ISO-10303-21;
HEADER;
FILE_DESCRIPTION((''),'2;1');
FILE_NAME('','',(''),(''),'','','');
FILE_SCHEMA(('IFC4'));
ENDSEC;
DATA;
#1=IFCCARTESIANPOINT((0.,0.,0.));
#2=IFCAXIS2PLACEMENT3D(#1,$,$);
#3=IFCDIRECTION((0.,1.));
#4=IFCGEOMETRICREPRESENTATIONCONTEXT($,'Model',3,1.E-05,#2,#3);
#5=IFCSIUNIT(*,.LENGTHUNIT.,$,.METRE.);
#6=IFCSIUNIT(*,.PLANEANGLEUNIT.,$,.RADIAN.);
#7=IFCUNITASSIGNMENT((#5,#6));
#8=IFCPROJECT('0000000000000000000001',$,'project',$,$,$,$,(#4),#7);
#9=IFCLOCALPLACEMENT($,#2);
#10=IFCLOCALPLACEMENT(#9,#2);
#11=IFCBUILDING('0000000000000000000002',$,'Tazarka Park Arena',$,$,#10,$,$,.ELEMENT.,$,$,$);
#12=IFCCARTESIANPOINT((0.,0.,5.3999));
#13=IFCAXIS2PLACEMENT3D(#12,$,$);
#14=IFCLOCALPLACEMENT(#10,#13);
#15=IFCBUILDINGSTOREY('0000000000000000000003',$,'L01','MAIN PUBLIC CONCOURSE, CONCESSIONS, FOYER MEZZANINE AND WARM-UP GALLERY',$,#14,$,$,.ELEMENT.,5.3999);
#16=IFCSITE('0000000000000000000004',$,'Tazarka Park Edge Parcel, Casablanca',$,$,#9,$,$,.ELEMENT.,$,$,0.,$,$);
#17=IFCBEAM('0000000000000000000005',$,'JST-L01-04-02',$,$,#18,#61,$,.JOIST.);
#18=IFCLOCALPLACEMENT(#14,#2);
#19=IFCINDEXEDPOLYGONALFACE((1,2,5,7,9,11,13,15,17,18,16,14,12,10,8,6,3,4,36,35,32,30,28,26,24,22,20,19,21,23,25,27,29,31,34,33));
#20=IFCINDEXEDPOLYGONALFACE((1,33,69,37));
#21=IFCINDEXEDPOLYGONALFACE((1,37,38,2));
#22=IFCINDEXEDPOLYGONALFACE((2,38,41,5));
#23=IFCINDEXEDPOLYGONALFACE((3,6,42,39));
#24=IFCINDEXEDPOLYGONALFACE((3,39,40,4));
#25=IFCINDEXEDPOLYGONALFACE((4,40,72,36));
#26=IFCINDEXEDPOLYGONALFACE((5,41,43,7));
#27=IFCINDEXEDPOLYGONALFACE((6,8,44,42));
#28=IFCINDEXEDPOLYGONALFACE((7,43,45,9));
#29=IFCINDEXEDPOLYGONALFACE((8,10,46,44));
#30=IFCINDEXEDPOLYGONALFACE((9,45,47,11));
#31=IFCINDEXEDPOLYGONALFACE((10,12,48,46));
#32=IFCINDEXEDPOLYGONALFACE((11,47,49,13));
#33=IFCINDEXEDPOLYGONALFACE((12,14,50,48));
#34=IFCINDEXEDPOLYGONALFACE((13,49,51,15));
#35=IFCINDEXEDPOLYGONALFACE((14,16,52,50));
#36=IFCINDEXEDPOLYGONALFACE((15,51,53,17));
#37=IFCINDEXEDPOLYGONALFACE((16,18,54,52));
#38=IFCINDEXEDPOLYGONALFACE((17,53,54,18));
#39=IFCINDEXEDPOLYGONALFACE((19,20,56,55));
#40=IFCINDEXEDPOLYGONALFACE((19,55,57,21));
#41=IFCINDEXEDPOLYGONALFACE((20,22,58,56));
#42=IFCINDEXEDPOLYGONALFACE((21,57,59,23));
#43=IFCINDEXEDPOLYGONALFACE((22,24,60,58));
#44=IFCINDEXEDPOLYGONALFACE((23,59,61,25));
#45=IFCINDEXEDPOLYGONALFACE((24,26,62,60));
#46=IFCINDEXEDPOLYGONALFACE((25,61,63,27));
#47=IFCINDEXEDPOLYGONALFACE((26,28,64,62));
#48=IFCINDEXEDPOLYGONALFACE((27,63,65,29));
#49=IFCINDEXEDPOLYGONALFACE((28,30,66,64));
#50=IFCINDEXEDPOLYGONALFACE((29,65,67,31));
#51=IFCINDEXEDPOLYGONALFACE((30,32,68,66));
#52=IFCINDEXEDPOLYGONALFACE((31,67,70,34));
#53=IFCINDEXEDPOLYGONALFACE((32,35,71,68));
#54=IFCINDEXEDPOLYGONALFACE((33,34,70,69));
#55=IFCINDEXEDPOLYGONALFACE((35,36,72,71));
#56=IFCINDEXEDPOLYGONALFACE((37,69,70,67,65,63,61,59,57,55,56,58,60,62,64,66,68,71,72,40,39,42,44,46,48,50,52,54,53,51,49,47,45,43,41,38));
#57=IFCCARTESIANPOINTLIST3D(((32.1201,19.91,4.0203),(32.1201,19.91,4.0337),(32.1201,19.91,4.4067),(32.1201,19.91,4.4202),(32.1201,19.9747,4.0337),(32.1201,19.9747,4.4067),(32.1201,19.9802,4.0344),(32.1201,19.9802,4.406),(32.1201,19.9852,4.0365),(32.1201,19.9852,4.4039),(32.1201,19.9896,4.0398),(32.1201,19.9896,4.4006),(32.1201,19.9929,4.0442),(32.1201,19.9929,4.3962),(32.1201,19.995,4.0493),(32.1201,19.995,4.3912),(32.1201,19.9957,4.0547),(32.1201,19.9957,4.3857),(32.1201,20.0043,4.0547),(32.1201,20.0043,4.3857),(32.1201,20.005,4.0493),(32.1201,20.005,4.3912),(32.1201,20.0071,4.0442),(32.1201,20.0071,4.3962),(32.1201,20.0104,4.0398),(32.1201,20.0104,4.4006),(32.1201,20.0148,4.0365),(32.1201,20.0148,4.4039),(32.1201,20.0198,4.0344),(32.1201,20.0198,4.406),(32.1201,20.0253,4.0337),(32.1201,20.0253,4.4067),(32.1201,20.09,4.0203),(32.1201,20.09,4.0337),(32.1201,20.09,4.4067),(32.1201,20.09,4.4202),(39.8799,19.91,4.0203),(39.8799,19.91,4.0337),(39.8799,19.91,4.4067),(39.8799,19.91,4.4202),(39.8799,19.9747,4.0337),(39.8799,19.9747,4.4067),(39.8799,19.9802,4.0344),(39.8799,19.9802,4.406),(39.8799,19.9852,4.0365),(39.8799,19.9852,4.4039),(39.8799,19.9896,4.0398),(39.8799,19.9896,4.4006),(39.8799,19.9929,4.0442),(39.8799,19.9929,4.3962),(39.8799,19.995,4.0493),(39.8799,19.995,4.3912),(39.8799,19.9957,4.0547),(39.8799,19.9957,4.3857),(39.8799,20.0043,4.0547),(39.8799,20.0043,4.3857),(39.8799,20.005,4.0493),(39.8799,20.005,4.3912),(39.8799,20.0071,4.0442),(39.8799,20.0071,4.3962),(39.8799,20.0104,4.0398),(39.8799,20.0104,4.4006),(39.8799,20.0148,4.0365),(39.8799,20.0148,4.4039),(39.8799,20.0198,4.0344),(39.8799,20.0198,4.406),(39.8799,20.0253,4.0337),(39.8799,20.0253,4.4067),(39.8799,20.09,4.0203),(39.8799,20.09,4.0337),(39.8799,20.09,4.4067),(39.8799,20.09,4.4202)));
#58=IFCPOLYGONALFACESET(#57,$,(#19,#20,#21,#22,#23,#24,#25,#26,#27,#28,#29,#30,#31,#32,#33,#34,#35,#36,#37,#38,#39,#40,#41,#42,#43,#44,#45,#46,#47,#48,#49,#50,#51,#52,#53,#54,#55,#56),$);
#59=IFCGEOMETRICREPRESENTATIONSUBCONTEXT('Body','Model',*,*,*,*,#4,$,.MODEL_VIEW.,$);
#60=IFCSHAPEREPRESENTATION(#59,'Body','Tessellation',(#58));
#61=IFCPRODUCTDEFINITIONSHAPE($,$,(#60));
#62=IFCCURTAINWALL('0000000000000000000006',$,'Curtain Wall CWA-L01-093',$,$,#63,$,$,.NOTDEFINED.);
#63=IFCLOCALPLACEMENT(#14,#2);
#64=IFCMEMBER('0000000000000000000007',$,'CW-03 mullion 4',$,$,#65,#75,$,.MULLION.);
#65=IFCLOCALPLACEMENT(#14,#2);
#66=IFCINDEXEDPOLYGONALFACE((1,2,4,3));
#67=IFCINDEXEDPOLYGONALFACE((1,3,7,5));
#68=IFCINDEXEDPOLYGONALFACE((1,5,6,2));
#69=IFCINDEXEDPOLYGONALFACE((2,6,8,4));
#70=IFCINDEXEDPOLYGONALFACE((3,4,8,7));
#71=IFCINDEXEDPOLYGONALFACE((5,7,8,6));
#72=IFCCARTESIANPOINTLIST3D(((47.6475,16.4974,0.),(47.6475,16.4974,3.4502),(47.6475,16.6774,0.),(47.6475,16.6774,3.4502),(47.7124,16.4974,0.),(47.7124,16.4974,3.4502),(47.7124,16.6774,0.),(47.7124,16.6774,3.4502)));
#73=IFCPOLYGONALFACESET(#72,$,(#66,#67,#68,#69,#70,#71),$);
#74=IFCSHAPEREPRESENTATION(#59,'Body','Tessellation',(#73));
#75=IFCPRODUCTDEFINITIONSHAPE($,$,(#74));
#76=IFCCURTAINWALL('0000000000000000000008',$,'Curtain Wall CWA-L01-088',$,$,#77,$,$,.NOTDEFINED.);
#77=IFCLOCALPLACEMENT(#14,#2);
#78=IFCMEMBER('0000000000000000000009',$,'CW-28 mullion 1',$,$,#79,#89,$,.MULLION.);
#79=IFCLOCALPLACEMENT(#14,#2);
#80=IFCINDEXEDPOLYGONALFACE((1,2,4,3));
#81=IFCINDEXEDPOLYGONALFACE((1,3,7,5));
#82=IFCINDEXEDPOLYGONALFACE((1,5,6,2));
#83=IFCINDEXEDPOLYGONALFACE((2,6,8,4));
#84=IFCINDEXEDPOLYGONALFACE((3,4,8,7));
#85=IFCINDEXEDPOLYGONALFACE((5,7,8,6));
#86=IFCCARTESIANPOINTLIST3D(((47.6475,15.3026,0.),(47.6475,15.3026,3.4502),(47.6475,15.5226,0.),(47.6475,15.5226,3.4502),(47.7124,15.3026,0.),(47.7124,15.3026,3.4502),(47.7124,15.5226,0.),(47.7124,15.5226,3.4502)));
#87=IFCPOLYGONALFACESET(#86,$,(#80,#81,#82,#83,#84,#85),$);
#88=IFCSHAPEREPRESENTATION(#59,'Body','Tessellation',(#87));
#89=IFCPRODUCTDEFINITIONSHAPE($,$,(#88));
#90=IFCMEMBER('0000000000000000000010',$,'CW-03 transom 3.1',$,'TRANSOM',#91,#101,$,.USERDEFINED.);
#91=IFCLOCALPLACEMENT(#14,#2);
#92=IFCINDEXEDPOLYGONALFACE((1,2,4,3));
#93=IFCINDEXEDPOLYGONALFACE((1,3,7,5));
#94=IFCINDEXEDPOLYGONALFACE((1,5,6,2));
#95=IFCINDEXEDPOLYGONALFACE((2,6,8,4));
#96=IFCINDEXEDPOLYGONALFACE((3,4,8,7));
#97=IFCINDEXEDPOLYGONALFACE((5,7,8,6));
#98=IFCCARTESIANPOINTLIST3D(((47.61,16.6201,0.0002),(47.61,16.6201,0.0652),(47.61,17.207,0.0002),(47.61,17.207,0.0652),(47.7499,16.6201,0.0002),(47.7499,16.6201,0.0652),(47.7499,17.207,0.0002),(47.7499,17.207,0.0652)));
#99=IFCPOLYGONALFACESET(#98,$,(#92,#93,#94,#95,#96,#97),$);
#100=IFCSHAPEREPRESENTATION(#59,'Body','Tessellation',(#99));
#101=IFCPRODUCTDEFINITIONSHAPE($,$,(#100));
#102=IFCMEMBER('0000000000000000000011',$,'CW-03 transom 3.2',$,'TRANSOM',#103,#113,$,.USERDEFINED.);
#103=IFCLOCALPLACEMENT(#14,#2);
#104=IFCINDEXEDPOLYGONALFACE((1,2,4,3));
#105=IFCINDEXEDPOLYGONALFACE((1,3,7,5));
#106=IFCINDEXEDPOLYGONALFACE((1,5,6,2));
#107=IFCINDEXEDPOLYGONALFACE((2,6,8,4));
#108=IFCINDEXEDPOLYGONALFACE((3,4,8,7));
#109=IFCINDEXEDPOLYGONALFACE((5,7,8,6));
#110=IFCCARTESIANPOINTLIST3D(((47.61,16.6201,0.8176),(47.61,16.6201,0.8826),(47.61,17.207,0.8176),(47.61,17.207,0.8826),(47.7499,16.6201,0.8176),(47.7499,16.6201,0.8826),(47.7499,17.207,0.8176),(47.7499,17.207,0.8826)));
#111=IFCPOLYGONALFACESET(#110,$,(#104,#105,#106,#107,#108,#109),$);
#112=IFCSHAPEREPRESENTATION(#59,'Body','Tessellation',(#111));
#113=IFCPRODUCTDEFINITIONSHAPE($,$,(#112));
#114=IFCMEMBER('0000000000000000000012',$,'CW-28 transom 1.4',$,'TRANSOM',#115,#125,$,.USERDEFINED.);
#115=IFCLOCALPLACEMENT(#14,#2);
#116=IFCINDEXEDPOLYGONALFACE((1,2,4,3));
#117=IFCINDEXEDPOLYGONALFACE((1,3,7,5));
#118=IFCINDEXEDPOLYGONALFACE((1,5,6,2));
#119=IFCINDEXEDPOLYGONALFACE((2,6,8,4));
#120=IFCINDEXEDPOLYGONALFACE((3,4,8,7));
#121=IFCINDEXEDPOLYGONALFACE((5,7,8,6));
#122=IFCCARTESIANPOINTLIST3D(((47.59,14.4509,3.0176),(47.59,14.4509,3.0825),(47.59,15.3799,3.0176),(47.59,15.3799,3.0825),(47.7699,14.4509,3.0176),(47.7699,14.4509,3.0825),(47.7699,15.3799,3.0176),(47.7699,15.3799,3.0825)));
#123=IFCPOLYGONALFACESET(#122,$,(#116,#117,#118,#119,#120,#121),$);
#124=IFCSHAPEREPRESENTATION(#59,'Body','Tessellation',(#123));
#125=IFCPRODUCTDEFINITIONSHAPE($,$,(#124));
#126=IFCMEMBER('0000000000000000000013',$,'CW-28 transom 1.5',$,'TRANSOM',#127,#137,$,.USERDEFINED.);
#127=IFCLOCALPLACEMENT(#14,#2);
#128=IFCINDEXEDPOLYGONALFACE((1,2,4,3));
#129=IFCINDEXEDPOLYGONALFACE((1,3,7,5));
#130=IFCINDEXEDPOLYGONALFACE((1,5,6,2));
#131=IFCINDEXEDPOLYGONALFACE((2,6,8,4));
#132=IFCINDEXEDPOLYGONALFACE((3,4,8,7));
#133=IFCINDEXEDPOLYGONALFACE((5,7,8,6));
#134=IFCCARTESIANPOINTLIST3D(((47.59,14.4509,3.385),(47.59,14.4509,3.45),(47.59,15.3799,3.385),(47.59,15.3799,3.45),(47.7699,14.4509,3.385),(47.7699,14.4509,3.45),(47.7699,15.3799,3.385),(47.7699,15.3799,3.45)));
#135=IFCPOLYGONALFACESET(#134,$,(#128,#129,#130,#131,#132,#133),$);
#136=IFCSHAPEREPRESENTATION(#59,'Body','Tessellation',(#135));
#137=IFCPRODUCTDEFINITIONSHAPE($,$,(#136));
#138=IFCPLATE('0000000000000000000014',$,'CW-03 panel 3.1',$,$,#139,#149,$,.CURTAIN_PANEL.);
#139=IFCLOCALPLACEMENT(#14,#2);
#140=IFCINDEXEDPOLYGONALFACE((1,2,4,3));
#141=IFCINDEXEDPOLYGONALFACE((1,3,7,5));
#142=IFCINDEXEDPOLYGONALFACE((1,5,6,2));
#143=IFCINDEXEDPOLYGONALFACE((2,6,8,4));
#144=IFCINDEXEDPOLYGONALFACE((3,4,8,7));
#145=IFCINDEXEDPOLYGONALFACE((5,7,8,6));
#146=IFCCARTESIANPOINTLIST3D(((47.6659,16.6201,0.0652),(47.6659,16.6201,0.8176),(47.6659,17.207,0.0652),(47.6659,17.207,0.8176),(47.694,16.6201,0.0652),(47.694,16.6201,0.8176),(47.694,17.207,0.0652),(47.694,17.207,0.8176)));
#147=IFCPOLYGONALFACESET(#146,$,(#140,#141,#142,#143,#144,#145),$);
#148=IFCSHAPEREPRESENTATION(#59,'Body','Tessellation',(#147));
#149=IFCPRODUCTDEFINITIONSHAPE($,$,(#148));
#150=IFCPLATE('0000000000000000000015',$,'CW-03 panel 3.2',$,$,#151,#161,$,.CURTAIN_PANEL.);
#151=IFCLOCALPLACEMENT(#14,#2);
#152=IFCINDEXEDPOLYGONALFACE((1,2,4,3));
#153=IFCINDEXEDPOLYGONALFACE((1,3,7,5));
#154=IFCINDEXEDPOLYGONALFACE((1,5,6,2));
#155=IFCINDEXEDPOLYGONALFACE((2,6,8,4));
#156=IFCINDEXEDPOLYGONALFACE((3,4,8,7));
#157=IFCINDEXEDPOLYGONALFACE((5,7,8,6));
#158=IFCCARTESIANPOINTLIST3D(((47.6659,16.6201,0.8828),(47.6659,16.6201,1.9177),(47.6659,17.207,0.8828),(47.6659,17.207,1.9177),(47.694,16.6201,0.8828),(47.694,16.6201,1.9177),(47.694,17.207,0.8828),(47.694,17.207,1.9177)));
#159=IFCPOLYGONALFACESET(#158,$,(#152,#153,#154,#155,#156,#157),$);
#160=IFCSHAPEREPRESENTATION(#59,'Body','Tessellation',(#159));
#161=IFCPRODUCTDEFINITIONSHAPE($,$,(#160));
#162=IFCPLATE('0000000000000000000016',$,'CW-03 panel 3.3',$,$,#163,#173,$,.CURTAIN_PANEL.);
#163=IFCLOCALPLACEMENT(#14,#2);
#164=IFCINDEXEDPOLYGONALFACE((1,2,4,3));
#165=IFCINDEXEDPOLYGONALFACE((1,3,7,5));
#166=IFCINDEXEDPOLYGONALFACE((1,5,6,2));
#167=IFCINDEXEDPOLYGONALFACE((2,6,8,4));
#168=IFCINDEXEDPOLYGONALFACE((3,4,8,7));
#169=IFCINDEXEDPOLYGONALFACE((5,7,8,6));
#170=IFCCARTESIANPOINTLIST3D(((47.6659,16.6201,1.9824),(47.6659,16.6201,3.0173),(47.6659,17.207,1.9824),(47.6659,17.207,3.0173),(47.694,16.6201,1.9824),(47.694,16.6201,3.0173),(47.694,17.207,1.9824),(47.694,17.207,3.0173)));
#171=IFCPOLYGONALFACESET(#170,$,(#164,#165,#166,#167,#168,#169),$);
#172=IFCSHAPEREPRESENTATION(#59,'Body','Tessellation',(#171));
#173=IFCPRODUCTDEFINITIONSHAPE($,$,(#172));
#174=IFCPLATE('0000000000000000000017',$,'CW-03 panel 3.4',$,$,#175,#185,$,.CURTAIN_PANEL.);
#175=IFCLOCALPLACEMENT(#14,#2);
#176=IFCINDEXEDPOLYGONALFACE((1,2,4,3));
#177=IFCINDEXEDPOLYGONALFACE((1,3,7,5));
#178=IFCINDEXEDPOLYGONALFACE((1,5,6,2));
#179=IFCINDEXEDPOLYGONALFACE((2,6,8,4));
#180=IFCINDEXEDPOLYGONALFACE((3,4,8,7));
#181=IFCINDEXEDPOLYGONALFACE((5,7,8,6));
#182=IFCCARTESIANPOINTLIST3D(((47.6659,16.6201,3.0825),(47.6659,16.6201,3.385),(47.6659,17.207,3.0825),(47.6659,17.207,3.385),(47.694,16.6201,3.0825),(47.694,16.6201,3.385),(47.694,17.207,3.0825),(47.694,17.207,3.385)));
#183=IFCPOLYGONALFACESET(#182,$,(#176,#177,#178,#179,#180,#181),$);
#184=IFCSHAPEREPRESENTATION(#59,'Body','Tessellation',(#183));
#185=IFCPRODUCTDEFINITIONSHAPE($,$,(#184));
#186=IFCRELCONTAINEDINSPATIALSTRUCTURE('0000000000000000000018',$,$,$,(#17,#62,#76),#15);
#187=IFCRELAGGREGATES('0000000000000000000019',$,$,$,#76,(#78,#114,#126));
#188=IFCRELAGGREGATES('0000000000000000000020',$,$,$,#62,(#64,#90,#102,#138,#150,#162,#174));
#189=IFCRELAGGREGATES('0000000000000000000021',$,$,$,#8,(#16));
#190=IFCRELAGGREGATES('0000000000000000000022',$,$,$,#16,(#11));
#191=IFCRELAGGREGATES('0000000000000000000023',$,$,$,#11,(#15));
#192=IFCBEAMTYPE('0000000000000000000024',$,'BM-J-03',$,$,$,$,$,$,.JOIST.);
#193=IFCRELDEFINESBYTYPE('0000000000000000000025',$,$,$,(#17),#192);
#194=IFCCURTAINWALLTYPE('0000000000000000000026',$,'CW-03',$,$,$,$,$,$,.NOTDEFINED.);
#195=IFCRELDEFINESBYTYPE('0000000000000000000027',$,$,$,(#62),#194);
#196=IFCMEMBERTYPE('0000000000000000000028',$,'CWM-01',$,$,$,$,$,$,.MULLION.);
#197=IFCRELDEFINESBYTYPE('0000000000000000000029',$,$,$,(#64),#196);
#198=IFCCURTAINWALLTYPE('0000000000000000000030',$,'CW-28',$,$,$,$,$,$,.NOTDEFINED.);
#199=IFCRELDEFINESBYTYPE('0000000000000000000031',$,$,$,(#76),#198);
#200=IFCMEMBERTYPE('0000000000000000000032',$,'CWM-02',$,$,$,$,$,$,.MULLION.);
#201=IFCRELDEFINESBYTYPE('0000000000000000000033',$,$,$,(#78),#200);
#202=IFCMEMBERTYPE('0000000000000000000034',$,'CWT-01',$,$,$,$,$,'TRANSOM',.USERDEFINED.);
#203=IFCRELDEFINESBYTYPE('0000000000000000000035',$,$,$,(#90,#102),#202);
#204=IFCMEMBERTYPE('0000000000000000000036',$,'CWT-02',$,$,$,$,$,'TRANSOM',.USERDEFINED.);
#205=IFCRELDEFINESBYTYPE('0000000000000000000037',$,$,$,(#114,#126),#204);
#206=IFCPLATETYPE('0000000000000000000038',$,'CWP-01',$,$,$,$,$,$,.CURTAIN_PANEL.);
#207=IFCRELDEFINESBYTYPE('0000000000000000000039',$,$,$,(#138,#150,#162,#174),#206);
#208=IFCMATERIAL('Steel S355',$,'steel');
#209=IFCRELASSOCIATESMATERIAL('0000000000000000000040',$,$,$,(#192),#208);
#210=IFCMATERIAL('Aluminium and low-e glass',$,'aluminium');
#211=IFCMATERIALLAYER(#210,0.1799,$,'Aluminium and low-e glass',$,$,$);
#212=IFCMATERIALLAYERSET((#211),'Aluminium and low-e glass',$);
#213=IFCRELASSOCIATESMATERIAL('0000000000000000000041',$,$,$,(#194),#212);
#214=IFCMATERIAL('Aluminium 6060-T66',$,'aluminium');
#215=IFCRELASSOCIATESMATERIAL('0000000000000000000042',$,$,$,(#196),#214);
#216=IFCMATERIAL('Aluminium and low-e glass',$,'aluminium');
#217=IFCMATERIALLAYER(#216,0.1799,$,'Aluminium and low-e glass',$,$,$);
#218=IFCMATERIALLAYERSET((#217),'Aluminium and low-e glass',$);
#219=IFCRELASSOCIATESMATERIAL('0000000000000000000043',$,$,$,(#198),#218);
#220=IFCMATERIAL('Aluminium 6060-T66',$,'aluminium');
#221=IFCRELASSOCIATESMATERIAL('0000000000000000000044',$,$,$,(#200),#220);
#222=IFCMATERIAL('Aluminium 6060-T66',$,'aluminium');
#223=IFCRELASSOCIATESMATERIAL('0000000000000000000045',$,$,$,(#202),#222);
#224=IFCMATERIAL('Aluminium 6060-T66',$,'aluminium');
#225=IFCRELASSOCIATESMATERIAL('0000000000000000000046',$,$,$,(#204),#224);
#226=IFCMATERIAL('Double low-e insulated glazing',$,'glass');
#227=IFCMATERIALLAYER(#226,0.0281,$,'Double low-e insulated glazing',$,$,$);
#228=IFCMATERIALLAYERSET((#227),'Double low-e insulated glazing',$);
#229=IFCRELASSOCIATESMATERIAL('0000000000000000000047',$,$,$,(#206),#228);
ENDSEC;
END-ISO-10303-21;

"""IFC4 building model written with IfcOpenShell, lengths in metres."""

from ifc_helpers import new_model, si_unit, direction, frame, origin, origin_2d, place, context, subcontext, project, spatial, rectangle, i_section, extrude, material, layer, layer_set, material_profile, profile_set, type_object, element, aggregate, save


model = new_model("IFC4")

# Units and contexts
model_context = context("Model", 3, precision=1e-05, world=origin(), true_north=direction((0.0, 1.0)))
body_context = subcontext(model_context, "Body", "Model", "MODEL_VIEW")
ifc_project = project(units=[si_unit("LENGTHUNIT", "METRE"), si_unit("PLANEANGLEUNIT", "RADIAN")], contexts=[model_context])

# Site, building, storey
site_placement = place(None, origin())
site = spatial("IfcSite", under=ifc_project, at=site_placement, Name="Tazarka Park Edge Parcel, Casablanca", CompositionType="ELEMENT", RefElevation=0.0)
building_placement = place(site_placement, origin())
building = spatial("IfcBuilding", under=site, at=building_placement, Name="Tazarka Park Arena", CompositionType="ELEMENT")
storey_placement = place(building_placement, frame((0.0, 0.0, 5.3999)))
storey = spatial("IfcBuildingStorey", under=building, at=storey_placement, Name="L01", Description="MAIN PUBLIC CONCOURSE, CONCESSIONS, FOYER MEZZANINE AND WARM-UP GALLERY", CompositionType="ELEMENT", Elevation=5.3999)

# Beam
ifc_material_1 = material(Name="Steel S355", Category="steel")
ifc_material_profile_1 = material_profile(ifc_material_1, i_section(OverallWidth=0.1799, OverallDepth=0.3999, WebThickness=0.0085, FlangeThickness=0.0134, FilletRadius=0.021, at=origin_2d()), Name="Steel S355")
ifc_profile_set_1 = profile_set([ifc_material_profile_1], Name="Steel S355")
beam_type_1 = type_object("IfcBeamType", Name="BM-J-03", PredefinedType="JOIST", material=ifc_profile_set_1)
beam_1_placement = place(storey_placement, frame((32.1201, 20.0, 4.2202), z_axis=(1.0, 0.0, 0.0), x_axis=(0.0, 1.0, 0.0)))
element("IfcBeam", 1, at=beam_1_placement, inside=storey, type_object=beam_type_1, Name="JST-L01-04-02", PredefinedType="JOIST", context=body_context, shape_type="SweptSolid", body=[
    extrude(i_section(OverallWidth=0.1799, OverallDepth=0.3999, WebThickness=0.0085, FlangeThickness=0.0134, FilletRadius=0.021, at=origin_2d()), origin(), (0.0, 0.0, 1.0), 7.7598),
])

# Curtain walls, members
ifc_material_2 = material(Name="Aluminium and low-e glass", Category="aluminium")
ifc_layer_1 = layer(ifc_material_2, 0.1799, Name="Aluminium and low-e glass")
ifc_layer_set_1 = layer_set([ifc_layer_1], Name="Aluminium and low-e glass")
curtain_wall_type_1 = type_object("IfcCurtainWallType", Name="CW-03", PredefinedType="NOTDEFINED", material=ifc_layer_set_1)
curtain_wall_1_placement = place(storey_placement, origin())
curtain_wall_1 = element("IfcCurtainWall", 2, at=curtain_wall_1_placement, inside=storey, type_object=curtain_wall_type_1, Name="Curtain Wall CWA-L01-093", PredefinedType="NOTDEFINED")
ifc_material_3 = material(Name="Aluminium 6060-T66", Category="aluminium")
ifc_material_profile_2 = material_profile(ifc_material_3, rectangle(XDim=0.0649, YDim=0.1799, at=origin_2d()), Name="Aluminium 6060-T66")
ifc_profile_set_2 = profile_set([ifc_material_profile_2], Name="Aluminium 6060-T66")
member_type_1 = type_object("IfcMemberType", Name="CWM-01", PredefinedType="MULLION", material=ifc_profile_set_2)
member_1_placement = place(storey_placement, frame((47.6799, 16.5874, 0.0), z_axis=(0.0, 0.0, 1.0), x_axis=(1.0, 0.0, 0.0)))
member_1 = element("IfcMember", 3, at=member_1_placement, type_object=member_type_1, Name="CW-03 mullion 4", PredefinedType="MULLION", context=body_context, shape_type="SweptSolid", body=[
    extrude(rectangle(XDim=0.0649, YDim=0.1799, at=origin_2d()), origin(), (0.0, 0.0, 1.0), 3.4502),
])
ifc_material_4 = material(Name="Aluminium and low-e glass", Category="aluminium")
ifc_layer_2 = layer(ifc_material_4, 0.1799, Name="Aluminium and low-e glass")
ifc_layer_set_2 = layer_set([ifc_layer_2], Name="Aluminium and low-e glass")
curtain_wall_type_2 = type_object("IfcCurtainWallType", Name="CW-28", PredefinedType="NOTDEFINED", material=ifc_layer_set_2)
curtain_wall_2_placement = place(storey_placement, origin())
curtain_wall_2 = element("IfcCurtainWall", 4, at=curtain_wall_2_placement, inside=storey, type_object=curtain_wall_type_2, Name="Curtain Wall CWA-L01-088", PredefinedType="NOTDEFINED")
ifc_material_5 = material(Name="Aluminium 6060-T66", Category="aluminium")
ifc_material_profile_3 = material_profile(ifc_material_5, rectangle(XDim=0.0649, YDim=0.22, at=origin_2d()), Name="Aluminium 6060-T66")
ifc_profile_set_3 = profile_set([ifc_material_profile_3], Name="Aluminium 6060-T66")
member_type_2 = type_object("IfcMemberType", Name="CWM-02", PredefinedType="MULLION", material=ifc_profile_set_3)
member_2_placement = place(storey_placement, frame((47.6799, 15.4126, 0.0), z_axis=(0.0, 0.0, 1.0), x_axis=(1.0, 0.0, 0.0)))
member_2 = element("IfcMember", 5, at=member_2_placement, type_object=member_type_2, Name="CW-28 mullion 1", PredefinedType="MULLION", context=body_context, shape_type="SweptSolid", body=[
    extrude(rectangle(XDim=0.0649, YDim=0.22, at=origin_2d()), origin(), (0.0, 0.0, 1.0), 3.4502),
])

# Members
ifc_material_6 = material(Name="Aluminium 6060-T66", Category="aluminium")
ifc_material_profile_4 = material_profile(ifc_material_6, rectangle(XDim=0.1399, YDim=0.0649, at=origin_2d()), Name="Aluminium 6060-T66")
ifc_profile_set_4 = profile_set([ifc_material_profile_4], Name="Aluminium 6060-T66")
member_type_3 = type_object("IfcMemberType", Name="CWT-01", ElementType="TRANSOM", PredefinedType="USERDEFINED", material=ifc_profile_set_4)
member_3_placement = place(storey_placement, frame((47.6799, 17.207, 0.0327), z_axis=(0.0, -1.0, 0.0), x_axis=(1.0, 0.0, 0.0)))
member_3 = element("IfcMember", 6, at=member_3_placement, type_object=member_type_3, Name="CW-03 transom 3.1", ObjectType="TRANSOM", PredefinedType="USERDEFINED", context=body_context, shape_type="SweptSolid", body=[
    extrude(rectangle(XDim=0.1399, YDim=0.0649, at=origin_2d()), origin(), (0.0, 0.0, 1.0), 0.5869),
])
member_4_placement = place(storey_placement, frame((47.6799, 17.207, 0.8501), z_axis=(0.0, -1.0, 0.0), x_axis=(1.0, 0.0, 0.0)))
member_4 = element("IfcMember", 7, at=member_4_placement, type_object=member_type_3, Name="CW-03 transom 3.2", ObjectType="TRANSOM", PredefinedType="USERDEFINED", context=body_context, shape_type="SweptSolid", body=[
    extrude(rectangle(XDim=0.1399, YDim=0.0649, at=origin_2d()), origin(), (0.0, 0.0, 1.0), 0.5869),
])
ifc_material_7 = material(Name="Aluminium 6060-T66", Category="aluminium")
ifc_material_profile_5 = material_profile(ifc_material_7, rectangle(XDim=0.1799, YDim=0.0649, at=origin_2d()), Name="Aluminium 6060-T66")
ifc_profile_set_5 = profile_set([ifc_material_profile_5], Name="Aluminium 6060-T66")
member_type_4 = type_object("IfcMemberType", Name="CWT-02", ElementType="TRANSOM", PredefinedType="USERDEFINED", material=ifc_profile_set_5)
member_5_placement = place(storey_placement, frame((47.6799, 15.3799, 3.05), z_axis=(0.0, -1.0, 0.0), x_axis=(1.0, 0.0, 0.0)))
member_5 = element("IfcMember", 8, at=member_5_placement, type_object=member_type_4, Name="CW-28 transom 1.4", ObjectType="TRANSOM", PredefinedType="USERDEFINED", context=body_context, shape_type="SweptSolid", body=[
    extrude(rectangle(XDim=0.1799, YDim=0.0649, at=origin_2d()), origin(), (0.0, 0.0, 1.0), 0.929),
])
member_6_placement = place(storey_placement, frame((47.6799, 15.3799, 3.4175), z_axis=(0.0, -1.0, 0.0), x_axis=(1.0, 0.0, 0.0)))
member_6 = element("IfcMember", 9, at=member_6_placement, type_object=member_type_4, Name="CW-28 transom 1.5", ObjectType="TRANSOM", PredefinedType="USERDEFINED", context=body_context, shape_type="SweptSolid", body=[
    extrude(rectangle(XDim=0.1799, YDim=0.0649, at=origin_2d()), origin(), (0.0, 0.0, 1.0), 0.929),
])
aggregate(curtain_wall_2, [member_2, member_5, member_6])

# Plates
ifc_material_8 = material(Name="Double low-e insulated glazing", Category="glass")
ifc_layer_3 = layer(ifc_material_8, 0.0281, Name="Double low-e insulated glazing")
ifc_layer_set_3 = layer_set([ifc_layer_3], Name="Double low-e insulated glazing")
plate_type = type_object("IfcPlateType", Name="CWP-01", PredefinedType="CURTAIN_PANEL", material=ifc_layer_set_3)
plate_1_placement = place(storey_placement, frame((47.6799, 16.9136, 0.0652), z_axis=(0.0, 0.0, 1.0), x_axis=(0.0, -1.0, 0.0)))
plate_1 = element("IfcPlate", 10, at=plate_1_placement, type_object=plate_type, Name="CW-03 panel 3.1", PredefinedType="CURTAIN_PANEL", context=body_context, shape_type="SweptSolid", body=[
    extrude(rectangle(XDim=0.5869, YDim=0.0281, at=origin_2d()), origin(), (0.0, 0.0, 1.0), 0.7524),
])
plate_2_placement = place(storey_placement, frame((47.6799, 16.9136, 0.8828), z_axis=(0.0, 0.0, 1.0), x_axis=(0.0, -1.0, 0.0)))
plate_2 = element("IfcPlate", 11, at=plate_2_placement, type_object=plate_type, Name="CW-03 panel 3.2", PredefinedType="CURTAIN_PANEL", context=body_context, shape_type="SweptSolid", body=[
    extrude(rectangle(XDim=0.5869, YDim=0.0281, at=origin_2d()), origin(), (0.0, 0.0, 1.0), 1.0349),
])
plate_3_placement = place(storey_placement, frame((47.6799, 16.9136, 1.9824), z_axis=(0.0, 0.0, 1.0), x_axis=(0.0, -1.0, 0.0)))
plate_3 = element("IfcPlate", 12, at=plate_3_placement, type_object=plate_type, Name="CW-03 panel 3.3", PredefinedType="CURTAIN_PANEL", context=body_context, shape_type="SweptSolid", body=[
    extrude(rectangle(XDim=0.5869, YDim=0.0281, at=origin_2d()), origin(), (0.0, 0.0, 1.0), 1.0349),
])
plate_4_placement = place(storey_placement, frame((47.6799, 16.9136, 3.0825), z_axis=(0.0, 0.0, 1.0), x_axis=(0.0, -1.0, 0.0)))
plate_4 = element("IfcPlate", 13, at=plate_4_placement, type_object=plate_type, Name="CW-03 panel 3.4", PredefinedType="CURTAIN_PANEL", context=body_context, shape_type="SweptSolid", body=[
    extrude(rectangle(XDim=0.5869, YDim=0.0281, at=origin_2d()), origin(), (0.0, 0.0, 1.0), 0.3025),
])
aggregate(curtain_wall_1, [member_1, member_3, member_4, plate_1, plate_2, plate_3, plate_4])

save(model, "model.ifc")
